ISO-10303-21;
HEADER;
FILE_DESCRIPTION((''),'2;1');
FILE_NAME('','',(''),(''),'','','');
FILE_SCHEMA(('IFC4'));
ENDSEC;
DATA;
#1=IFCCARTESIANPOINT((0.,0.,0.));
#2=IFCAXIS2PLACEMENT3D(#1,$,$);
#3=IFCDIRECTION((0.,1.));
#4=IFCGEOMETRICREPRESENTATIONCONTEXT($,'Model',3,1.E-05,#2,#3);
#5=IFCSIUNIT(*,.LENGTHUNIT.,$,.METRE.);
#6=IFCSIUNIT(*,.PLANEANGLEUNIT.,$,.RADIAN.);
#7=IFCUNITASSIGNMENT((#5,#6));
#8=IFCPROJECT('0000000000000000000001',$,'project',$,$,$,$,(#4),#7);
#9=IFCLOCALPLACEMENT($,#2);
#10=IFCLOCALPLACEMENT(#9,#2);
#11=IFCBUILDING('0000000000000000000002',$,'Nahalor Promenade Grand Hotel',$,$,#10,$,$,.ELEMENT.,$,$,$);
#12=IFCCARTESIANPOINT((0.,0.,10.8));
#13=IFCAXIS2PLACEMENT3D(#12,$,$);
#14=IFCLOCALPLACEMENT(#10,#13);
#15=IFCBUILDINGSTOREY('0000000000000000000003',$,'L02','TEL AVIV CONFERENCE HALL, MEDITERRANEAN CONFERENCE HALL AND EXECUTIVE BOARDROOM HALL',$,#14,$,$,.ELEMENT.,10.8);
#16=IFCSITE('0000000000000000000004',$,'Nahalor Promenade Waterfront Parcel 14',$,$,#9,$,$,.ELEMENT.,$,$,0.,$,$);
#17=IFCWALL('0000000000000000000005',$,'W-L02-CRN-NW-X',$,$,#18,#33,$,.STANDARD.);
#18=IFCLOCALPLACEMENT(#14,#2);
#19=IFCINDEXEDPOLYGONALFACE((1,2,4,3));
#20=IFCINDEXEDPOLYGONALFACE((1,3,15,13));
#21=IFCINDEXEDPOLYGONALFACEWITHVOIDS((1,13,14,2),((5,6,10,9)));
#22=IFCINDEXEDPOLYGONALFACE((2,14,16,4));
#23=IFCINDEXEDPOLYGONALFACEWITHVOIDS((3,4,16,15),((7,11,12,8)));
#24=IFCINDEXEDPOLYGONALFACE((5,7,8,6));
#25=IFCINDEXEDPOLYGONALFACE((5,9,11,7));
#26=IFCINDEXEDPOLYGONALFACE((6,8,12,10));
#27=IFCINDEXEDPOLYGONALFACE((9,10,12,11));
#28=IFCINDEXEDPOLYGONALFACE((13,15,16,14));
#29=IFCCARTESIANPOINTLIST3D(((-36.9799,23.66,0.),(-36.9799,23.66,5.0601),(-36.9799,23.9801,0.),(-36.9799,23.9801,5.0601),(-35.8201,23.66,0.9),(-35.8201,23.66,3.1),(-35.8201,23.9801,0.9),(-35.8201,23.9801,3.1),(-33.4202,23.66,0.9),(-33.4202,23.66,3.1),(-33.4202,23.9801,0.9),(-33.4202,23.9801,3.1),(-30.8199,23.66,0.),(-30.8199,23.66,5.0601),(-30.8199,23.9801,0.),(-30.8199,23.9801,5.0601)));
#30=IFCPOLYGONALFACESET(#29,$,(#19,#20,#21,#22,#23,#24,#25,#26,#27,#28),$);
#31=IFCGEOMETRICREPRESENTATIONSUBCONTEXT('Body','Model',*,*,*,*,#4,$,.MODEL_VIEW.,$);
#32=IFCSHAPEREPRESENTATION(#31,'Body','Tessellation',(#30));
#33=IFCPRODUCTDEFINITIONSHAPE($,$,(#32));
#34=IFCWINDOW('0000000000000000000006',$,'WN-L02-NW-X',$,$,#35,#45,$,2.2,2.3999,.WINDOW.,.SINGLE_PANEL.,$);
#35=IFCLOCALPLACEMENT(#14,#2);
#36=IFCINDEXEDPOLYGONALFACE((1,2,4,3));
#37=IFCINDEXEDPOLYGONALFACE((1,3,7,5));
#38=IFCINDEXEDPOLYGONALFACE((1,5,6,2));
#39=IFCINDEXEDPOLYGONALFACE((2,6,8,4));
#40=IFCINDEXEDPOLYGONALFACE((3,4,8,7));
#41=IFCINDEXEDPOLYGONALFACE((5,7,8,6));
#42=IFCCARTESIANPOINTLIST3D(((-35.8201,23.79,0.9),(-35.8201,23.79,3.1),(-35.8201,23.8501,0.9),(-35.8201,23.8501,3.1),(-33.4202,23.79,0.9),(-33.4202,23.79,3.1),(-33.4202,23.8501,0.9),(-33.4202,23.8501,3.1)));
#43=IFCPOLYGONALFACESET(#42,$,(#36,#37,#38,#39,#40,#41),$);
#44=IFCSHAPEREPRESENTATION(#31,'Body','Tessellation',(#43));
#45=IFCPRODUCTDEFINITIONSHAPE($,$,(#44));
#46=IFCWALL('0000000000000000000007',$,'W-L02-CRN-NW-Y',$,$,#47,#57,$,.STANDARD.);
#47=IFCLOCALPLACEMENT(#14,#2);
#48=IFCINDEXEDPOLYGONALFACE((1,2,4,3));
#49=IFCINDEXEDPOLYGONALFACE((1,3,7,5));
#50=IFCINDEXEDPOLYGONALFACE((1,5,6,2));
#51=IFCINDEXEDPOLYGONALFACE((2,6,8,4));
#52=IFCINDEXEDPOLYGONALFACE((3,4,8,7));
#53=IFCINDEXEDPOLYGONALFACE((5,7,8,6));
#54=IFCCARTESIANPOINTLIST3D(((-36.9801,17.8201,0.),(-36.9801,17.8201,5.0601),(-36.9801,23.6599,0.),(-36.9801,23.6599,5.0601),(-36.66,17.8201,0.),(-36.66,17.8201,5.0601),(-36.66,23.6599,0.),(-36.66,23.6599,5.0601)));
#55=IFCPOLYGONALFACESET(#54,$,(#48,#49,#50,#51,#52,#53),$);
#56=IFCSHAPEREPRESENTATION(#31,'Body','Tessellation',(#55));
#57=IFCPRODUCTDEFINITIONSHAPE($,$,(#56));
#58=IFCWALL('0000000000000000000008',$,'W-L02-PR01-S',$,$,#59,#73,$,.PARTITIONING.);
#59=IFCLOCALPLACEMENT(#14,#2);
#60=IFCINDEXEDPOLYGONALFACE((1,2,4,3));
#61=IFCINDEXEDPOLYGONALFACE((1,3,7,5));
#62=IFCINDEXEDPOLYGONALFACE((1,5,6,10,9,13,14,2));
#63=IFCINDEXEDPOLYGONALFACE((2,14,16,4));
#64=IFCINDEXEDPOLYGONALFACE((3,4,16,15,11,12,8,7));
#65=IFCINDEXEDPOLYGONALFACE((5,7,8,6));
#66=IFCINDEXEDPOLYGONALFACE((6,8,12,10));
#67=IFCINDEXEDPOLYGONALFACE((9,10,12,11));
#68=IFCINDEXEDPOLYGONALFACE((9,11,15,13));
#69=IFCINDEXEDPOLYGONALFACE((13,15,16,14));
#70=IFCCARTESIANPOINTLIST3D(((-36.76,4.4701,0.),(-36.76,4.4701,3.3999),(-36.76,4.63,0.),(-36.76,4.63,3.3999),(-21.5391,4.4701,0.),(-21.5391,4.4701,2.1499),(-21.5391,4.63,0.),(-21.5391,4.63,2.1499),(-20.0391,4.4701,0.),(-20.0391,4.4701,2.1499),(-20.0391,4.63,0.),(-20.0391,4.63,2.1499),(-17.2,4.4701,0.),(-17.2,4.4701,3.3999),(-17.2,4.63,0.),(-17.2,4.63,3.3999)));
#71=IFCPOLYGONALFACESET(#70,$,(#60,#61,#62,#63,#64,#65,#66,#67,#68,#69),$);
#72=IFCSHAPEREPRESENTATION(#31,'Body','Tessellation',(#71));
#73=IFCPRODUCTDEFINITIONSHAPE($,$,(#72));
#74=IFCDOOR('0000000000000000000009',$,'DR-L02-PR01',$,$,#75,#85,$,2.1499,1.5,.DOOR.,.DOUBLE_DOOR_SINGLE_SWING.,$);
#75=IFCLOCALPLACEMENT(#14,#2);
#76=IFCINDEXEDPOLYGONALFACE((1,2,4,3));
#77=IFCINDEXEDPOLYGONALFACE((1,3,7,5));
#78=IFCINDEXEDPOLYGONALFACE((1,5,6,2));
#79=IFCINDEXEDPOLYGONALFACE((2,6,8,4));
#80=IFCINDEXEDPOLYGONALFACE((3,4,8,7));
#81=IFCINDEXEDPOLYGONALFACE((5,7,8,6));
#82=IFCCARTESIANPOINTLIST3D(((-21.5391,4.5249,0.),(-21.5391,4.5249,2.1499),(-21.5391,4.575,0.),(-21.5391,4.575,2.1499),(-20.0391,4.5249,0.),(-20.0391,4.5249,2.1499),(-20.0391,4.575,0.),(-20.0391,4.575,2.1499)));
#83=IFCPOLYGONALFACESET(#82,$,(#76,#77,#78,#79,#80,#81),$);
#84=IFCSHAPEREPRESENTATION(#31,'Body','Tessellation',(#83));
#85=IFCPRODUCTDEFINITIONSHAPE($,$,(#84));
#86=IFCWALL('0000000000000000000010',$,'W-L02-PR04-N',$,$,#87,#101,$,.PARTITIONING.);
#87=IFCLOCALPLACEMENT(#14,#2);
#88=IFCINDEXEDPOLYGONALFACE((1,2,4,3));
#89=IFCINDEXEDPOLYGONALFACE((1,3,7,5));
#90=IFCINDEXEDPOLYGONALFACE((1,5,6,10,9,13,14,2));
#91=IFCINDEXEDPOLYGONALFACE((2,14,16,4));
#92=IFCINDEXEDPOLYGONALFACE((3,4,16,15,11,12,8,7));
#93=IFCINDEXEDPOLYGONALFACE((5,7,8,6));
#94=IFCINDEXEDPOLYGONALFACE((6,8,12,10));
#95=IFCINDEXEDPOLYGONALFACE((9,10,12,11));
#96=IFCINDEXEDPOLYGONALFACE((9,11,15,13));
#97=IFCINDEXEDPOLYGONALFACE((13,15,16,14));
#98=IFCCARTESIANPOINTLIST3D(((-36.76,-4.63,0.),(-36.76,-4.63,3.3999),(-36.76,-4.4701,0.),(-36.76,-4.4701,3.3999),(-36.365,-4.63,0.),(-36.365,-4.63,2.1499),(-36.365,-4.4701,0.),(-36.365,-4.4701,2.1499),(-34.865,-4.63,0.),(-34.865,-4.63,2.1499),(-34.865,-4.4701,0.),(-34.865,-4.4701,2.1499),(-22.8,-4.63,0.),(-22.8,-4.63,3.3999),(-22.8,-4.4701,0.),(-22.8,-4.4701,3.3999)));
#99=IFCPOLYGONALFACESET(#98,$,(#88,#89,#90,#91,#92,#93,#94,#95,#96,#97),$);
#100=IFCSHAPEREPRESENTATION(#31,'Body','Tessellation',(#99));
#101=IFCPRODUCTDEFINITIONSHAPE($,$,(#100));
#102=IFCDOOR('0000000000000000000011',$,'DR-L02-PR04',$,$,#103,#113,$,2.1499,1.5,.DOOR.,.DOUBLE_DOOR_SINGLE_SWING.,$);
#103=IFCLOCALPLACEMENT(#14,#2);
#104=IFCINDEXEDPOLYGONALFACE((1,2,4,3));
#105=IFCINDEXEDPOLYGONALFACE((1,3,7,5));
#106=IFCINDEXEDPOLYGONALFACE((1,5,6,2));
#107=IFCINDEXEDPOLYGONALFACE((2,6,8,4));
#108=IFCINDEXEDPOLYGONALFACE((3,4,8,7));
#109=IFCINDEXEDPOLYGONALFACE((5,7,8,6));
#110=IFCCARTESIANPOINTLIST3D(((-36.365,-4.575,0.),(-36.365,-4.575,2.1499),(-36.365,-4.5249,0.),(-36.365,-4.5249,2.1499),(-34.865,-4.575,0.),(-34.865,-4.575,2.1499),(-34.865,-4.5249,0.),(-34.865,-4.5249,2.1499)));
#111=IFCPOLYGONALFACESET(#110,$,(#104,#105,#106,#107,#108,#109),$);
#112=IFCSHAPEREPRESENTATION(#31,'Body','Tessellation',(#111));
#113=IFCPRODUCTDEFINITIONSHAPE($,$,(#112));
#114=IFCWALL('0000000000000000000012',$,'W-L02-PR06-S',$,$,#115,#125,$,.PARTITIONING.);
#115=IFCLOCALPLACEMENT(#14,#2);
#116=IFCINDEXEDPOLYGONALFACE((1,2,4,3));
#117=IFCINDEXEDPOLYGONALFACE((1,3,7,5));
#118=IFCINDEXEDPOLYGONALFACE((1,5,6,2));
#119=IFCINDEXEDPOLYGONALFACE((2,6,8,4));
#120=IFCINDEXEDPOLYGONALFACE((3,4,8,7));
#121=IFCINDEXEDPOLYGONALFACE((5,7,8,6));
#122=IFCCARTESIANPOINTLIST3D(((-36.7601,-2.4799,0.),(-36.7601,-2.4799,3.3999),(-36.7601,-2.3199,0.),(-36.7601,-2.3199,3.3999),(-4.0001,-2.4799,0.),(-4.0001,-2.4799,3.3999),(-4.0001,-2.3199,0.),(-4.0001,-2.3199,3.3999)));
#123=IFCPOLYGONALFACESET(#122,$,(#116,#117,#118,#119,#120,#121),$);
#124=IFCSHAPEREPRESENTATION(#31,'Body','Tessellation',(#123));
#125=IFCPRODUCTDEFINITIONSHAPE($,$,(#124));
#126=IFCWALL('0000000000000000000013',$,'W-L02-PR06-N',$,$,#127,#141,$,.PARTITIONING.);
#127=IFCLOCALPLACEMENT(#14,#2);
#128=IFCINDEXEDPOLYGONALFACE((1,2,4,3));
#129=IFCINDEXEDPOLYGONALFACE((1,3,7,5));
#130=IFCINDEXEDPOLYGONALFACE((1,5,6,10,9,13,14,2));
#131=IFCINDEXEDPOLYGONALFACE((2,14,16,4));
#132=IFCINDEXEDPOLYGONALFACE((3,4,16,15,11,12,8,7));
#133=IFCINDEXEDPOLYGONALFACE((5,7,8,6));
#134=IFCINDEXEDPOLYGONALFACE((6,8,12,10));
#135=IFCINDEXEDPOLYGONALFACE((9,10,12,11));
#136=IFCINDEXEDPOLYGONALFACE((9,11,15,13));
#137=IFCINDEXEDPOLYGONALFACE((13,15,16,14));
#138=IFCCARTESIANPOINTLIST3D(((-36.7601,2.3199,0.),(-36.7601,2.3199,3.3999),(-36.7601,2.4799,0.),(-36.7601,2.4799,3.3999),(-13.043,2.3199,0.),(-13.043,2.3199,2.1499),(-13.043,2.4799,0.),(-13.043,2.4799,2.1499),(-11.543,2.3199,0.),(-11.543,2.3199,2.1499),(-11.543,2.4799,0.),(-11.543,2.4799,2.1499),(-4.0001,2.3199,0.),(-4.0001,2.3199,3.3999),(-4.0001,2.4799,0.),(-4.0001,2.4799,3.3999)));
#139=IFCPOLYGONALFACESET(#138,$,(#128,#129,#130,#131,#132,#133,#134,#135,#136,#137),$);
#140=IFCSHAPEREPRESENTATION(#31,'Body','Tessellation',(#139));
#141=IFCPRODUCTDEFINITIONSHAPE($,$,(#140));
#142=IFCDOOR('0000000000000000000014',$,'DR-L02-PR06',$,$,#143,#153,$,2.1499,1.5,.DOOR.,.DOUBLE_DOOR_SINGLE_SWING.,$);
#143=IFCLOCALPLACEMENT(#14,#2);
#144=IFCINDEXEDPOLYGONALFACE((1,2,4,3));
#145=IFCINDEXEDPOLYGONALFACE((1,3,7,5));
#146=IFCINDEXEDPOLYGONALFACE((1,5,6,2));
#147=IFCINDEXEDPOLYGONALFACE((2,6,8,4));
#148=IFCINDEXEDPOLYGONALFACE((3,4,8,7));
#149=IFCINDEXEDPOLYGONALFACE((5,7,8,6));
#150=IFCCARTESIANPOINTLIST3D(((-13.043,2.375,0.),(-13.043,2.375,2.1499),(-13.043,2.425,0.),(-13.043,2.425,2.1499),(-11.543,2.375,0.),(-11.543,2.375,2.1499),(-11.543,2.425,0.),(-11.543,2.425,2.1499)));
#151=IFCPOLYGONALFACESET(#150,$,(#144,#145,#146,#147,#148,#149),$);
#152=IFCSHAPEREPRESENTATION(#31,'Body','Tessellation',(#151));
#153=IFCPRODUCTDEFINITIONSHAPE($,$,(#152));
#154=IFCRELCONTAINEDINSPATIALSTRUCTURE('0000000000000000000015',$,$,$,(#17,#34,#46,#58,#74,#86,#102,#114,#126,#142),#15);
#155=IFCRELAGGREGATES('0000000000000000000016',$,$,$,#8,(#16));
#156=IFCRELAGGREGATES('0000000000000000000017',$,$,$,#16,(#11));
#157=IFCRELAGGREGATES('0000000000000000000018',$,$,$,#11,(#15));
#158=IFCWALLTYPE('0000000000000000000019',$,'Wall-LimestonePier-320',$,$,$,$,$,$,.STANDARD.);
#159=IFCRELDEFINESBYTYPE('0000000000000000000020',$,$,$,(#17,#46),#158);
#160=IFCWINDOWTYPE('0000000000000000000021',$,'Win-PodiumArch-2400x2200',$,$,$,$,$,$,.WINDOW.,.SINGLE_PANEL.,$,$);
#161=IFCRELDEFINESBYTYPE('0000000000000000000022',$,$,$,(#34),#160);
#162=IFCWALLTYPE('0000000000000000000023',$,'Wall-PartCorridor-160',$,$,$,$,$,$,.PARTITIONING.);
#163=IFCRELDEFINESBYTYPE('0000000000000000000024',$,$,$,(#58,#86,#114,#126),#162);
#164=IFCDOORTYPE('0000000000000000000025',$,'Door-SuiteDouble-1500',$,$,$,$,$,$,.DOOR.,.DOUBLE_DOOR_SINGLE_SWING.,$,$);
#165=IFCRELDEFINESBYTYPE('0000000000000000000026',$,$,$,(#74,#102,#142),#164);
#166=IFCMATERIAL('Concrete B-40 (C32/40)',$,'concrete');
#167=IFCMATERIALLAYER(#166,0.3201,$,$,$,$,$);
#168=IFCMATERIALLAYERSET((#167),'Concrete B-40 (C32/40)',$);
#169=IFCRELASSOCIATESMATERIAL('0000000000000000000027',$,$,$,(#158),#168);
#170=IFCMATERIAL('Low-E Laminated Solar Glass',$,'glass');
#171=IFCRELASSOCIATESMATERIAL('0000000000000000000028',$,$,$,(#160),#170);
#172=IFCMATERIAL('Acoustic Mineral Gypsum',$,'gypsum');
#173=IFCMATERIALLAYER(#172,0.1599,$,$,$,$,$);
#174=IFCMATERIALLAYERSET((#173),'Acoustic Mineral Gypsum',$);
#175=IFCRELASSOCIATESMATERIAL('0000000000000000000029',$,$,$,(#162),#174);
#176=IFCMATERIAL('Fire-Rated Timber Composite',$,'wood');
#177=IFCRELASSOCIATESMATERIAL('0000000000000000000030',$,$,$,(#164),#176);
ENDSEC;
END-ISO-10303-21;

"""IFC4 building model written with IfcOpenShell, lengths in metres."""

from ifc_helpers import new_model, si_unit, direction, frame, frame_2d, origin, place, context, subcontext, project, spatial, rectangle, extrude, source, transform, mapped, material, layer, layer_set, type_object, element, fill, save


model = new_model("IFC4")

# Units and contexts
model_context = context("Model", 3, precision=1e-05, world=origin(), true_north=direction((0.0, 1.0)))
body_context = subcontext(model_context, "Body", "Model", "MODEL_VIEW")
ifc_project = project(units=[si_unit("LENGTHUNIT", "METRE"), si_unit("PLANEANGLEUNIT", "RADIAN")], contexts=[model_context])

# Site, building, storey
site_placement = place(None, origin())
site = spatial("IfcSite", under=ifc_project, at=site_placement, Name="Nahalor Promenade Waterfront Parcel 14", CompositionType="ELEMENT", RefElevation=0.0)
building_placement = place(site_placement, origin())
building = spatial("IfcBuilding", under=site, at=building_placement, Name="Nahalor Promenade Grand Hotel", CompositionType="ELEMENT")
storey_placement = place(building_placement, frame((0.0, 0.0, 10.8)))
storey = spatial("IfcBuildingStorey", under=building, at=storey_placement, Name="L02", Description="TEL AVIV CONFERENCE HALL, MEDITERRANEAN CONFERENCE HALL AND EXECUTIVE BOARDROOM HALL", CompositionType="ELEMENT", Elevation=10.8)

# Shared definitions
ifc_material_1 = material(Name="Low-E Laminated Solar Glass", Category="glass")

# Wall, opening, window
ifc_material_2 = material(Name="Concrete B-40 (C32/40)", Category="concrete")
ifc_layer_1 = layer(ifc_material_2, 0.3201)
ifc_layer_set_1 = layer_set([ifc_layer_1], Name="Concrete B-40 (C32/40)")
wall_type_1 = type_object("IfcWallType", Name="Wall-LimestonePier-320", PredefinedType="STANDARD", material=ifc_layer_set_1)
shared_shape_1 = source(origin(), body_context, "Body", "SweptSolid", [
    extrude(rectangle(XDim=6.1599, YDim=0.3201, at=frame_2d((3.0801, 0.0))), origin(), (0.0, 0.0, 1.0), 5.0601),
])
wall_1_placement = place(storey_placement, frame((-36.98, 23.8201, 0.0), z_axis=(0.0, 0.0, 1.0), x_axis=(1.0, 0.0, 0.0)))
wall_1 = element("IfcWall", 1, at=wall_1_placement, inside=storey, type_object=wall_type_1, Name="W-L02-CRN-NW-X", PredefinedType="STANDARD", context=body_context, shape_type="MappedRepresentation", body=[
    mapped(shared_shape_1, transform((0.0, 0.0, 0.0), scale=1.0)),
])
opening_1_placement = place(wall_1_placement, frame((1.1599, 0.0, 0.8999)))
opening_1 = element("IfcOpeningElement", 2, at=opening_1_placement, cuts=wall_1, PredefinedType="OPENING", context=body_context, shape_type="SweptSolid", body=[
    extrude(rectangle(XDim=2.3999, YDim=2.2, at=frame_2d((1.2, 1.1001))), frame((0.0, 0.1699, 0.0), z_axis=(0.0, -1.0, 0.0), x_axis=(1.0, 0.0, 0.0)), (0.0, 0.0, 1.0), 0.3401),
])
window_type = type_object("IfcWindowType", Name="Win-PodiumArch-2400x2200", PartitioningType="SINGLE_PANEL", PredefinedType="WINDOW", material=ifc_material_1)
shared_shape_2 = source(origin(), body_context, "Body", "SweptSolid", [
    extrude(rectangle(XDim=2.3999, YDim=2.2, at=frame_2d((1.2, 1.1001))), frame((0.0, 0.03, 0.0), z_axis=(0.0, -1.0, 0.0), x_axis=(1.0, 0.0, 0.0)), (0.0, 0.0, 1.0), 0.0601),
])
window_placement = place(opening_1_placement, origin())
window = element("IfcWindow", 3, at=window_placement, inside=storey, type_object=window_type, Name="WN-L02-NW-X", OverallHeight=2.2, OverallWidth=2.3999, PartitioningType="SINGLE_PANEL", PredefinedType="WINDOW", context=body_context, shape_type="MappedRepresentation", body=[
    mapped(shared_shape_2, transform((0.0, 0.0, 0.0), scale=1.0)),
])
fill(opening_1, window)

# Wall
shared_shape_3 = source(origin(), body_context, "Body", "SweptSolid", [
    extrude(rectangle(XDim=5.8398, YDim=0.3201, at=frame_2d((2.9199, 0.0))), origin(), (0.0, 0.0, 1.0), 5.0601),
])
wall_2_placement = place(storey_placement, frame((-36.8201, 17.8201, 0.0), z_axis=(0.0, 0.0, 1.0), x_axis=(0.0, 1.0, 0.0)))
element("IfcWall", 4, at=wall_2_placement, inside=storey, type_object=wall_type_1, Name="W-L02-CRN-NW-Y", PredefinedType="STANDARD", context=body_context, shape_type="MappedRepresentation", body=[
    mapped(shared_shape_3, transform((0.0, 0.0, 0.0), scale=1.0)),
])

# Walls, openings, doors
ifc_material_3 = material(Name="Acoustic Mineral Gypsum", Category="gypsum")
ifc_layer_2 = layer(ifc_material_3, 0.1599)
ifc_layer_set_2 = layer_set([ifc_layer_2], Name="Acoustic Mineral Gypsum")
wall_type_2 = type_object("IfcWallType", Name="Wall-PartCorridor-160", PredefinedType="PARTITIONING", material=ifc_layer_set_2)
shared_shape_4 = source(origin(), body_context, "Body", "SweptSolid", [
    extrude(rectangle(XDim=19.5601, YDim=0.1599, at=frame_2d((9.78, 0.0))), origin(), (0.0, 0.0, 1.0), 3.3999),
])
wall_3_placement = place(storey_placement, frame((-36.76, 4.55, 0.0), z_axis=(0.0, 0.0, 1.0), x_axis=(1.0, 0.0, 0.0)))
wall_3 = element("IfcWall", 5, at=wall_3_placement, inside=storey, type_object=wall_type_2, Name="W-L02-PR01-S", PredefinedType="PARTITIONING", context=body_context, shape_type="MappedRepresentation", body=[
    mapped(shared_shape_4, transform((0.0, 0.0, 0.0), scale=1.0)),
])
opening_2_placement = place(wall_3_placement, frame((15.2209, 0.0, 0.0)))
opening_2 = element("IfcOpeningElement", 6, at=opening_2_placement, cuts=wall_3, PredefinedType="OPENING", context=body_context, shape_type="SweptSolid", body=[
    extrude(rectangle(XDim=1.5, YDim=2.1499, at=frame_2d((0.75, 1.075))), frame((0.0, 0.0898, 0.0), z_axis=(0.0, -1.0, 0.0), x_axis=(1.0, 0.0, 0.0)), (0.0, 0.0, 1.0), 0.1799),
])
ifc_material_4 = material(Name="Fire-Rated Timber Composite", Category="wood")
door_type = type_object("IfcDoorType", Name="Door-SuiteDouble-1500", OperationType="DOUBLE_DOOR_SINGLE_SWING", PredefinedType="DOOR", material=ifc_material_4)
shared_shape_5 = source(origin(), body_context, "Body", "SweptSolid", [
    extrude(rectangle(XDim=1.5, YDim=2.1499, at=frame_2d((0.75, 1.075))), frame((0.0, 0.0249, 0.0), z_axis=(0.0, -1.0, 0.0), x_axis=(1.0, 0.0, 0.0)), (0.0, 0.0, 1.0), 0.05),
])
door_1_placement = place(opening_2_placement, origin())
door_1 = element("IfcDoor", 7, at=door_1_placement, inside=storey, type_object=door_type, Name="DR-L02-PR01", OperationType="DOUBLE_DOOR_SINGLE_SWING", OverallHeight=2.1499, OverallWidth=1.5, PredefinedType="DOOR", context=body_context, shape_type="MappedRepresentation", body=[
    mapped(shared_shape_5, transform((0.0, 0.0, 0.0), scale=1.0)),
])
fill(opening_2, door_1)
shared_shape_6 = source(origin(), body_context, "Body", "SweptSolid", [
    extrude(rectangle(XDim=13.96, YDim=0.1599, at=frame_2d((6.98, 0.0))), origin(), (0.0, 0.0, 1.0), 3.3999),
])
wall_4_placement = place(storey_placement, frame((-36.76, -4.55, 0.0), z_axis=(0.0, 0.0, 1.0), x_axis=(1.0, 0.0, 0.0)))
wall_4 = element("IfcWall", 8, at=wall_4_placement, inside=storey, type_object=wall_type_2, Name="W-L02-PR04-N", PredefinedType="PARTITIONING", context=body_context, shape_type="MappedRepresentation", body=[
    mapped(shared_shape_6, transform((0.0, 0.0, 0.0), scale=1.0)),
])
opening_3_placement = place(wall_4_placement, frame((0.395, 0.0, 0.0)))
opening_3 = element("IfcOpeningElement", 9, at=opening_3_placement, cuts=wall_4, PredefinedType="OPENING", context=body_context, shape_type="SweptSolid", body=[
    extrude(rectangle(XDim=1.5, YDim=2.1499, at=frame_2d((0.75, 1.075))), frame((0.0, 0.0898, 0.0), z_axis=(0.0, -1.0, 0.0), x_axis=(1.0, 0.0, 0.0)), (0.0, 0.0, 1.0), 0.1799),
])
door_2_placement = place(opening_3_placement, frame((1.5, 0.0, 0.0), z_axis=(0.0, 0.0, 1.0), x_axis=(-1.0, 0.0, 0.0)))
door_2 = element("IfcDoor", 10, at=door_2_placement, inside=storey, type_object=door_type, Name="DR-L02-PR04", OperationType="DOUBLE_DOOR_SINGLE_SWING", OverallHeight=2.1499, OverallWidth=1.5, PredefinedType="DOOR", context=body_context, shape_type="MappedRepresentation", body=[
    mapped(shared_shape_5, transform((0.0, 0.0, 0.0), scale=1.0)),
])
fill(opening_3, door_2)

# Wall
shared_shape_7 = source(origin(), body_context, "Body", "SweptSolid", [
    extrude(rectangle(XDim=32.76, YDim=0.1599, at=frame_2d((16.3799, 0.0))), origin(), (0.0, 0.0, 1.0), 3.3999),
])
wall_5_placement = place(storey_placement, frame((-36.76, -2.3999, 0.0), z_axis=(0.0, 0.0, 1.0), x_axis=(1.0, 0.0, 0.0)))
element("IfcWall", 11, at=wall_5_placement, inside=storey, type_object=wall_type_2, Name="W-L02-PR06-S", PredefinedType="PARTITIONING", context=body_context, shape_type="MappedRepresentation", body=[
    mapped(shared_shape_7, transform((0.0, 0.0, 0.0), scale=1.0)),
])

# Wall, opening, door
wall_6_placement = place(storey_placement, frame((-36.76, 2.3999, 0.0), z_axis=(0.0, 0.0, 1.0), x_axis=(1.0, 0.0, 0.0)))
wall_6 = element("IfcWall", 12, at=wall_6_placement, inside=storey, type_object=wall_type_2, Name="W-L02-PR06-N", PredefinedType="PARTITIONING", context=body_context, shape_type="MappedRepresentation", body=[
    mapped(shared_shape_7, transform((0.0, 0.0, 0.0), scale=1.0)),
])
opening_4_placement = place(wall_6_placement, frame((23.717, 0.0, 0.0)))
opening_4 = element("IfcOpeningElement", 13, at=opening_4_placement, cuts=wall_6, PredefinedType="OPENING", context=body_context, shape_type="SweptSolid", body=[
    extrude(rectangle(XDim=1.5, YDim=2.1499, at=frame_2d((0.75, 1.075))), frame((0.0, 0.0898, 0.0), z_axis=(0.0, -1.0, 0.0), x_axis=(1.0, 0.0, 0.0)), (0.0, 0.0, 1.0), 0.1799),
])
door_3_placement = place(opening_4_placement, frame((1.5, 0.0, 0.0), z_axis=(0.0, 0.0, 1.0), x_axis=(-1.0, 0.0, 0.0)))
door_3 = element("IfcDoor", 14, at=door_3_placement, inside=storey, type_object=door_type, Name="DR-L02-PR06", OperationType="DOUBLE_DOOR_SINGLE_SWING", OverallHeight=2.1499, OverallWidth=1.5, PredefinedType="DOOR", context=body_context, shape_type="MappedRepresentation", body=[
    mapped(shared_shape_5, transform((0.0, 0.0, 0.0), scale=1.0)),
])
fill(opening_4, door_3)

save(model, "model.ifc")
